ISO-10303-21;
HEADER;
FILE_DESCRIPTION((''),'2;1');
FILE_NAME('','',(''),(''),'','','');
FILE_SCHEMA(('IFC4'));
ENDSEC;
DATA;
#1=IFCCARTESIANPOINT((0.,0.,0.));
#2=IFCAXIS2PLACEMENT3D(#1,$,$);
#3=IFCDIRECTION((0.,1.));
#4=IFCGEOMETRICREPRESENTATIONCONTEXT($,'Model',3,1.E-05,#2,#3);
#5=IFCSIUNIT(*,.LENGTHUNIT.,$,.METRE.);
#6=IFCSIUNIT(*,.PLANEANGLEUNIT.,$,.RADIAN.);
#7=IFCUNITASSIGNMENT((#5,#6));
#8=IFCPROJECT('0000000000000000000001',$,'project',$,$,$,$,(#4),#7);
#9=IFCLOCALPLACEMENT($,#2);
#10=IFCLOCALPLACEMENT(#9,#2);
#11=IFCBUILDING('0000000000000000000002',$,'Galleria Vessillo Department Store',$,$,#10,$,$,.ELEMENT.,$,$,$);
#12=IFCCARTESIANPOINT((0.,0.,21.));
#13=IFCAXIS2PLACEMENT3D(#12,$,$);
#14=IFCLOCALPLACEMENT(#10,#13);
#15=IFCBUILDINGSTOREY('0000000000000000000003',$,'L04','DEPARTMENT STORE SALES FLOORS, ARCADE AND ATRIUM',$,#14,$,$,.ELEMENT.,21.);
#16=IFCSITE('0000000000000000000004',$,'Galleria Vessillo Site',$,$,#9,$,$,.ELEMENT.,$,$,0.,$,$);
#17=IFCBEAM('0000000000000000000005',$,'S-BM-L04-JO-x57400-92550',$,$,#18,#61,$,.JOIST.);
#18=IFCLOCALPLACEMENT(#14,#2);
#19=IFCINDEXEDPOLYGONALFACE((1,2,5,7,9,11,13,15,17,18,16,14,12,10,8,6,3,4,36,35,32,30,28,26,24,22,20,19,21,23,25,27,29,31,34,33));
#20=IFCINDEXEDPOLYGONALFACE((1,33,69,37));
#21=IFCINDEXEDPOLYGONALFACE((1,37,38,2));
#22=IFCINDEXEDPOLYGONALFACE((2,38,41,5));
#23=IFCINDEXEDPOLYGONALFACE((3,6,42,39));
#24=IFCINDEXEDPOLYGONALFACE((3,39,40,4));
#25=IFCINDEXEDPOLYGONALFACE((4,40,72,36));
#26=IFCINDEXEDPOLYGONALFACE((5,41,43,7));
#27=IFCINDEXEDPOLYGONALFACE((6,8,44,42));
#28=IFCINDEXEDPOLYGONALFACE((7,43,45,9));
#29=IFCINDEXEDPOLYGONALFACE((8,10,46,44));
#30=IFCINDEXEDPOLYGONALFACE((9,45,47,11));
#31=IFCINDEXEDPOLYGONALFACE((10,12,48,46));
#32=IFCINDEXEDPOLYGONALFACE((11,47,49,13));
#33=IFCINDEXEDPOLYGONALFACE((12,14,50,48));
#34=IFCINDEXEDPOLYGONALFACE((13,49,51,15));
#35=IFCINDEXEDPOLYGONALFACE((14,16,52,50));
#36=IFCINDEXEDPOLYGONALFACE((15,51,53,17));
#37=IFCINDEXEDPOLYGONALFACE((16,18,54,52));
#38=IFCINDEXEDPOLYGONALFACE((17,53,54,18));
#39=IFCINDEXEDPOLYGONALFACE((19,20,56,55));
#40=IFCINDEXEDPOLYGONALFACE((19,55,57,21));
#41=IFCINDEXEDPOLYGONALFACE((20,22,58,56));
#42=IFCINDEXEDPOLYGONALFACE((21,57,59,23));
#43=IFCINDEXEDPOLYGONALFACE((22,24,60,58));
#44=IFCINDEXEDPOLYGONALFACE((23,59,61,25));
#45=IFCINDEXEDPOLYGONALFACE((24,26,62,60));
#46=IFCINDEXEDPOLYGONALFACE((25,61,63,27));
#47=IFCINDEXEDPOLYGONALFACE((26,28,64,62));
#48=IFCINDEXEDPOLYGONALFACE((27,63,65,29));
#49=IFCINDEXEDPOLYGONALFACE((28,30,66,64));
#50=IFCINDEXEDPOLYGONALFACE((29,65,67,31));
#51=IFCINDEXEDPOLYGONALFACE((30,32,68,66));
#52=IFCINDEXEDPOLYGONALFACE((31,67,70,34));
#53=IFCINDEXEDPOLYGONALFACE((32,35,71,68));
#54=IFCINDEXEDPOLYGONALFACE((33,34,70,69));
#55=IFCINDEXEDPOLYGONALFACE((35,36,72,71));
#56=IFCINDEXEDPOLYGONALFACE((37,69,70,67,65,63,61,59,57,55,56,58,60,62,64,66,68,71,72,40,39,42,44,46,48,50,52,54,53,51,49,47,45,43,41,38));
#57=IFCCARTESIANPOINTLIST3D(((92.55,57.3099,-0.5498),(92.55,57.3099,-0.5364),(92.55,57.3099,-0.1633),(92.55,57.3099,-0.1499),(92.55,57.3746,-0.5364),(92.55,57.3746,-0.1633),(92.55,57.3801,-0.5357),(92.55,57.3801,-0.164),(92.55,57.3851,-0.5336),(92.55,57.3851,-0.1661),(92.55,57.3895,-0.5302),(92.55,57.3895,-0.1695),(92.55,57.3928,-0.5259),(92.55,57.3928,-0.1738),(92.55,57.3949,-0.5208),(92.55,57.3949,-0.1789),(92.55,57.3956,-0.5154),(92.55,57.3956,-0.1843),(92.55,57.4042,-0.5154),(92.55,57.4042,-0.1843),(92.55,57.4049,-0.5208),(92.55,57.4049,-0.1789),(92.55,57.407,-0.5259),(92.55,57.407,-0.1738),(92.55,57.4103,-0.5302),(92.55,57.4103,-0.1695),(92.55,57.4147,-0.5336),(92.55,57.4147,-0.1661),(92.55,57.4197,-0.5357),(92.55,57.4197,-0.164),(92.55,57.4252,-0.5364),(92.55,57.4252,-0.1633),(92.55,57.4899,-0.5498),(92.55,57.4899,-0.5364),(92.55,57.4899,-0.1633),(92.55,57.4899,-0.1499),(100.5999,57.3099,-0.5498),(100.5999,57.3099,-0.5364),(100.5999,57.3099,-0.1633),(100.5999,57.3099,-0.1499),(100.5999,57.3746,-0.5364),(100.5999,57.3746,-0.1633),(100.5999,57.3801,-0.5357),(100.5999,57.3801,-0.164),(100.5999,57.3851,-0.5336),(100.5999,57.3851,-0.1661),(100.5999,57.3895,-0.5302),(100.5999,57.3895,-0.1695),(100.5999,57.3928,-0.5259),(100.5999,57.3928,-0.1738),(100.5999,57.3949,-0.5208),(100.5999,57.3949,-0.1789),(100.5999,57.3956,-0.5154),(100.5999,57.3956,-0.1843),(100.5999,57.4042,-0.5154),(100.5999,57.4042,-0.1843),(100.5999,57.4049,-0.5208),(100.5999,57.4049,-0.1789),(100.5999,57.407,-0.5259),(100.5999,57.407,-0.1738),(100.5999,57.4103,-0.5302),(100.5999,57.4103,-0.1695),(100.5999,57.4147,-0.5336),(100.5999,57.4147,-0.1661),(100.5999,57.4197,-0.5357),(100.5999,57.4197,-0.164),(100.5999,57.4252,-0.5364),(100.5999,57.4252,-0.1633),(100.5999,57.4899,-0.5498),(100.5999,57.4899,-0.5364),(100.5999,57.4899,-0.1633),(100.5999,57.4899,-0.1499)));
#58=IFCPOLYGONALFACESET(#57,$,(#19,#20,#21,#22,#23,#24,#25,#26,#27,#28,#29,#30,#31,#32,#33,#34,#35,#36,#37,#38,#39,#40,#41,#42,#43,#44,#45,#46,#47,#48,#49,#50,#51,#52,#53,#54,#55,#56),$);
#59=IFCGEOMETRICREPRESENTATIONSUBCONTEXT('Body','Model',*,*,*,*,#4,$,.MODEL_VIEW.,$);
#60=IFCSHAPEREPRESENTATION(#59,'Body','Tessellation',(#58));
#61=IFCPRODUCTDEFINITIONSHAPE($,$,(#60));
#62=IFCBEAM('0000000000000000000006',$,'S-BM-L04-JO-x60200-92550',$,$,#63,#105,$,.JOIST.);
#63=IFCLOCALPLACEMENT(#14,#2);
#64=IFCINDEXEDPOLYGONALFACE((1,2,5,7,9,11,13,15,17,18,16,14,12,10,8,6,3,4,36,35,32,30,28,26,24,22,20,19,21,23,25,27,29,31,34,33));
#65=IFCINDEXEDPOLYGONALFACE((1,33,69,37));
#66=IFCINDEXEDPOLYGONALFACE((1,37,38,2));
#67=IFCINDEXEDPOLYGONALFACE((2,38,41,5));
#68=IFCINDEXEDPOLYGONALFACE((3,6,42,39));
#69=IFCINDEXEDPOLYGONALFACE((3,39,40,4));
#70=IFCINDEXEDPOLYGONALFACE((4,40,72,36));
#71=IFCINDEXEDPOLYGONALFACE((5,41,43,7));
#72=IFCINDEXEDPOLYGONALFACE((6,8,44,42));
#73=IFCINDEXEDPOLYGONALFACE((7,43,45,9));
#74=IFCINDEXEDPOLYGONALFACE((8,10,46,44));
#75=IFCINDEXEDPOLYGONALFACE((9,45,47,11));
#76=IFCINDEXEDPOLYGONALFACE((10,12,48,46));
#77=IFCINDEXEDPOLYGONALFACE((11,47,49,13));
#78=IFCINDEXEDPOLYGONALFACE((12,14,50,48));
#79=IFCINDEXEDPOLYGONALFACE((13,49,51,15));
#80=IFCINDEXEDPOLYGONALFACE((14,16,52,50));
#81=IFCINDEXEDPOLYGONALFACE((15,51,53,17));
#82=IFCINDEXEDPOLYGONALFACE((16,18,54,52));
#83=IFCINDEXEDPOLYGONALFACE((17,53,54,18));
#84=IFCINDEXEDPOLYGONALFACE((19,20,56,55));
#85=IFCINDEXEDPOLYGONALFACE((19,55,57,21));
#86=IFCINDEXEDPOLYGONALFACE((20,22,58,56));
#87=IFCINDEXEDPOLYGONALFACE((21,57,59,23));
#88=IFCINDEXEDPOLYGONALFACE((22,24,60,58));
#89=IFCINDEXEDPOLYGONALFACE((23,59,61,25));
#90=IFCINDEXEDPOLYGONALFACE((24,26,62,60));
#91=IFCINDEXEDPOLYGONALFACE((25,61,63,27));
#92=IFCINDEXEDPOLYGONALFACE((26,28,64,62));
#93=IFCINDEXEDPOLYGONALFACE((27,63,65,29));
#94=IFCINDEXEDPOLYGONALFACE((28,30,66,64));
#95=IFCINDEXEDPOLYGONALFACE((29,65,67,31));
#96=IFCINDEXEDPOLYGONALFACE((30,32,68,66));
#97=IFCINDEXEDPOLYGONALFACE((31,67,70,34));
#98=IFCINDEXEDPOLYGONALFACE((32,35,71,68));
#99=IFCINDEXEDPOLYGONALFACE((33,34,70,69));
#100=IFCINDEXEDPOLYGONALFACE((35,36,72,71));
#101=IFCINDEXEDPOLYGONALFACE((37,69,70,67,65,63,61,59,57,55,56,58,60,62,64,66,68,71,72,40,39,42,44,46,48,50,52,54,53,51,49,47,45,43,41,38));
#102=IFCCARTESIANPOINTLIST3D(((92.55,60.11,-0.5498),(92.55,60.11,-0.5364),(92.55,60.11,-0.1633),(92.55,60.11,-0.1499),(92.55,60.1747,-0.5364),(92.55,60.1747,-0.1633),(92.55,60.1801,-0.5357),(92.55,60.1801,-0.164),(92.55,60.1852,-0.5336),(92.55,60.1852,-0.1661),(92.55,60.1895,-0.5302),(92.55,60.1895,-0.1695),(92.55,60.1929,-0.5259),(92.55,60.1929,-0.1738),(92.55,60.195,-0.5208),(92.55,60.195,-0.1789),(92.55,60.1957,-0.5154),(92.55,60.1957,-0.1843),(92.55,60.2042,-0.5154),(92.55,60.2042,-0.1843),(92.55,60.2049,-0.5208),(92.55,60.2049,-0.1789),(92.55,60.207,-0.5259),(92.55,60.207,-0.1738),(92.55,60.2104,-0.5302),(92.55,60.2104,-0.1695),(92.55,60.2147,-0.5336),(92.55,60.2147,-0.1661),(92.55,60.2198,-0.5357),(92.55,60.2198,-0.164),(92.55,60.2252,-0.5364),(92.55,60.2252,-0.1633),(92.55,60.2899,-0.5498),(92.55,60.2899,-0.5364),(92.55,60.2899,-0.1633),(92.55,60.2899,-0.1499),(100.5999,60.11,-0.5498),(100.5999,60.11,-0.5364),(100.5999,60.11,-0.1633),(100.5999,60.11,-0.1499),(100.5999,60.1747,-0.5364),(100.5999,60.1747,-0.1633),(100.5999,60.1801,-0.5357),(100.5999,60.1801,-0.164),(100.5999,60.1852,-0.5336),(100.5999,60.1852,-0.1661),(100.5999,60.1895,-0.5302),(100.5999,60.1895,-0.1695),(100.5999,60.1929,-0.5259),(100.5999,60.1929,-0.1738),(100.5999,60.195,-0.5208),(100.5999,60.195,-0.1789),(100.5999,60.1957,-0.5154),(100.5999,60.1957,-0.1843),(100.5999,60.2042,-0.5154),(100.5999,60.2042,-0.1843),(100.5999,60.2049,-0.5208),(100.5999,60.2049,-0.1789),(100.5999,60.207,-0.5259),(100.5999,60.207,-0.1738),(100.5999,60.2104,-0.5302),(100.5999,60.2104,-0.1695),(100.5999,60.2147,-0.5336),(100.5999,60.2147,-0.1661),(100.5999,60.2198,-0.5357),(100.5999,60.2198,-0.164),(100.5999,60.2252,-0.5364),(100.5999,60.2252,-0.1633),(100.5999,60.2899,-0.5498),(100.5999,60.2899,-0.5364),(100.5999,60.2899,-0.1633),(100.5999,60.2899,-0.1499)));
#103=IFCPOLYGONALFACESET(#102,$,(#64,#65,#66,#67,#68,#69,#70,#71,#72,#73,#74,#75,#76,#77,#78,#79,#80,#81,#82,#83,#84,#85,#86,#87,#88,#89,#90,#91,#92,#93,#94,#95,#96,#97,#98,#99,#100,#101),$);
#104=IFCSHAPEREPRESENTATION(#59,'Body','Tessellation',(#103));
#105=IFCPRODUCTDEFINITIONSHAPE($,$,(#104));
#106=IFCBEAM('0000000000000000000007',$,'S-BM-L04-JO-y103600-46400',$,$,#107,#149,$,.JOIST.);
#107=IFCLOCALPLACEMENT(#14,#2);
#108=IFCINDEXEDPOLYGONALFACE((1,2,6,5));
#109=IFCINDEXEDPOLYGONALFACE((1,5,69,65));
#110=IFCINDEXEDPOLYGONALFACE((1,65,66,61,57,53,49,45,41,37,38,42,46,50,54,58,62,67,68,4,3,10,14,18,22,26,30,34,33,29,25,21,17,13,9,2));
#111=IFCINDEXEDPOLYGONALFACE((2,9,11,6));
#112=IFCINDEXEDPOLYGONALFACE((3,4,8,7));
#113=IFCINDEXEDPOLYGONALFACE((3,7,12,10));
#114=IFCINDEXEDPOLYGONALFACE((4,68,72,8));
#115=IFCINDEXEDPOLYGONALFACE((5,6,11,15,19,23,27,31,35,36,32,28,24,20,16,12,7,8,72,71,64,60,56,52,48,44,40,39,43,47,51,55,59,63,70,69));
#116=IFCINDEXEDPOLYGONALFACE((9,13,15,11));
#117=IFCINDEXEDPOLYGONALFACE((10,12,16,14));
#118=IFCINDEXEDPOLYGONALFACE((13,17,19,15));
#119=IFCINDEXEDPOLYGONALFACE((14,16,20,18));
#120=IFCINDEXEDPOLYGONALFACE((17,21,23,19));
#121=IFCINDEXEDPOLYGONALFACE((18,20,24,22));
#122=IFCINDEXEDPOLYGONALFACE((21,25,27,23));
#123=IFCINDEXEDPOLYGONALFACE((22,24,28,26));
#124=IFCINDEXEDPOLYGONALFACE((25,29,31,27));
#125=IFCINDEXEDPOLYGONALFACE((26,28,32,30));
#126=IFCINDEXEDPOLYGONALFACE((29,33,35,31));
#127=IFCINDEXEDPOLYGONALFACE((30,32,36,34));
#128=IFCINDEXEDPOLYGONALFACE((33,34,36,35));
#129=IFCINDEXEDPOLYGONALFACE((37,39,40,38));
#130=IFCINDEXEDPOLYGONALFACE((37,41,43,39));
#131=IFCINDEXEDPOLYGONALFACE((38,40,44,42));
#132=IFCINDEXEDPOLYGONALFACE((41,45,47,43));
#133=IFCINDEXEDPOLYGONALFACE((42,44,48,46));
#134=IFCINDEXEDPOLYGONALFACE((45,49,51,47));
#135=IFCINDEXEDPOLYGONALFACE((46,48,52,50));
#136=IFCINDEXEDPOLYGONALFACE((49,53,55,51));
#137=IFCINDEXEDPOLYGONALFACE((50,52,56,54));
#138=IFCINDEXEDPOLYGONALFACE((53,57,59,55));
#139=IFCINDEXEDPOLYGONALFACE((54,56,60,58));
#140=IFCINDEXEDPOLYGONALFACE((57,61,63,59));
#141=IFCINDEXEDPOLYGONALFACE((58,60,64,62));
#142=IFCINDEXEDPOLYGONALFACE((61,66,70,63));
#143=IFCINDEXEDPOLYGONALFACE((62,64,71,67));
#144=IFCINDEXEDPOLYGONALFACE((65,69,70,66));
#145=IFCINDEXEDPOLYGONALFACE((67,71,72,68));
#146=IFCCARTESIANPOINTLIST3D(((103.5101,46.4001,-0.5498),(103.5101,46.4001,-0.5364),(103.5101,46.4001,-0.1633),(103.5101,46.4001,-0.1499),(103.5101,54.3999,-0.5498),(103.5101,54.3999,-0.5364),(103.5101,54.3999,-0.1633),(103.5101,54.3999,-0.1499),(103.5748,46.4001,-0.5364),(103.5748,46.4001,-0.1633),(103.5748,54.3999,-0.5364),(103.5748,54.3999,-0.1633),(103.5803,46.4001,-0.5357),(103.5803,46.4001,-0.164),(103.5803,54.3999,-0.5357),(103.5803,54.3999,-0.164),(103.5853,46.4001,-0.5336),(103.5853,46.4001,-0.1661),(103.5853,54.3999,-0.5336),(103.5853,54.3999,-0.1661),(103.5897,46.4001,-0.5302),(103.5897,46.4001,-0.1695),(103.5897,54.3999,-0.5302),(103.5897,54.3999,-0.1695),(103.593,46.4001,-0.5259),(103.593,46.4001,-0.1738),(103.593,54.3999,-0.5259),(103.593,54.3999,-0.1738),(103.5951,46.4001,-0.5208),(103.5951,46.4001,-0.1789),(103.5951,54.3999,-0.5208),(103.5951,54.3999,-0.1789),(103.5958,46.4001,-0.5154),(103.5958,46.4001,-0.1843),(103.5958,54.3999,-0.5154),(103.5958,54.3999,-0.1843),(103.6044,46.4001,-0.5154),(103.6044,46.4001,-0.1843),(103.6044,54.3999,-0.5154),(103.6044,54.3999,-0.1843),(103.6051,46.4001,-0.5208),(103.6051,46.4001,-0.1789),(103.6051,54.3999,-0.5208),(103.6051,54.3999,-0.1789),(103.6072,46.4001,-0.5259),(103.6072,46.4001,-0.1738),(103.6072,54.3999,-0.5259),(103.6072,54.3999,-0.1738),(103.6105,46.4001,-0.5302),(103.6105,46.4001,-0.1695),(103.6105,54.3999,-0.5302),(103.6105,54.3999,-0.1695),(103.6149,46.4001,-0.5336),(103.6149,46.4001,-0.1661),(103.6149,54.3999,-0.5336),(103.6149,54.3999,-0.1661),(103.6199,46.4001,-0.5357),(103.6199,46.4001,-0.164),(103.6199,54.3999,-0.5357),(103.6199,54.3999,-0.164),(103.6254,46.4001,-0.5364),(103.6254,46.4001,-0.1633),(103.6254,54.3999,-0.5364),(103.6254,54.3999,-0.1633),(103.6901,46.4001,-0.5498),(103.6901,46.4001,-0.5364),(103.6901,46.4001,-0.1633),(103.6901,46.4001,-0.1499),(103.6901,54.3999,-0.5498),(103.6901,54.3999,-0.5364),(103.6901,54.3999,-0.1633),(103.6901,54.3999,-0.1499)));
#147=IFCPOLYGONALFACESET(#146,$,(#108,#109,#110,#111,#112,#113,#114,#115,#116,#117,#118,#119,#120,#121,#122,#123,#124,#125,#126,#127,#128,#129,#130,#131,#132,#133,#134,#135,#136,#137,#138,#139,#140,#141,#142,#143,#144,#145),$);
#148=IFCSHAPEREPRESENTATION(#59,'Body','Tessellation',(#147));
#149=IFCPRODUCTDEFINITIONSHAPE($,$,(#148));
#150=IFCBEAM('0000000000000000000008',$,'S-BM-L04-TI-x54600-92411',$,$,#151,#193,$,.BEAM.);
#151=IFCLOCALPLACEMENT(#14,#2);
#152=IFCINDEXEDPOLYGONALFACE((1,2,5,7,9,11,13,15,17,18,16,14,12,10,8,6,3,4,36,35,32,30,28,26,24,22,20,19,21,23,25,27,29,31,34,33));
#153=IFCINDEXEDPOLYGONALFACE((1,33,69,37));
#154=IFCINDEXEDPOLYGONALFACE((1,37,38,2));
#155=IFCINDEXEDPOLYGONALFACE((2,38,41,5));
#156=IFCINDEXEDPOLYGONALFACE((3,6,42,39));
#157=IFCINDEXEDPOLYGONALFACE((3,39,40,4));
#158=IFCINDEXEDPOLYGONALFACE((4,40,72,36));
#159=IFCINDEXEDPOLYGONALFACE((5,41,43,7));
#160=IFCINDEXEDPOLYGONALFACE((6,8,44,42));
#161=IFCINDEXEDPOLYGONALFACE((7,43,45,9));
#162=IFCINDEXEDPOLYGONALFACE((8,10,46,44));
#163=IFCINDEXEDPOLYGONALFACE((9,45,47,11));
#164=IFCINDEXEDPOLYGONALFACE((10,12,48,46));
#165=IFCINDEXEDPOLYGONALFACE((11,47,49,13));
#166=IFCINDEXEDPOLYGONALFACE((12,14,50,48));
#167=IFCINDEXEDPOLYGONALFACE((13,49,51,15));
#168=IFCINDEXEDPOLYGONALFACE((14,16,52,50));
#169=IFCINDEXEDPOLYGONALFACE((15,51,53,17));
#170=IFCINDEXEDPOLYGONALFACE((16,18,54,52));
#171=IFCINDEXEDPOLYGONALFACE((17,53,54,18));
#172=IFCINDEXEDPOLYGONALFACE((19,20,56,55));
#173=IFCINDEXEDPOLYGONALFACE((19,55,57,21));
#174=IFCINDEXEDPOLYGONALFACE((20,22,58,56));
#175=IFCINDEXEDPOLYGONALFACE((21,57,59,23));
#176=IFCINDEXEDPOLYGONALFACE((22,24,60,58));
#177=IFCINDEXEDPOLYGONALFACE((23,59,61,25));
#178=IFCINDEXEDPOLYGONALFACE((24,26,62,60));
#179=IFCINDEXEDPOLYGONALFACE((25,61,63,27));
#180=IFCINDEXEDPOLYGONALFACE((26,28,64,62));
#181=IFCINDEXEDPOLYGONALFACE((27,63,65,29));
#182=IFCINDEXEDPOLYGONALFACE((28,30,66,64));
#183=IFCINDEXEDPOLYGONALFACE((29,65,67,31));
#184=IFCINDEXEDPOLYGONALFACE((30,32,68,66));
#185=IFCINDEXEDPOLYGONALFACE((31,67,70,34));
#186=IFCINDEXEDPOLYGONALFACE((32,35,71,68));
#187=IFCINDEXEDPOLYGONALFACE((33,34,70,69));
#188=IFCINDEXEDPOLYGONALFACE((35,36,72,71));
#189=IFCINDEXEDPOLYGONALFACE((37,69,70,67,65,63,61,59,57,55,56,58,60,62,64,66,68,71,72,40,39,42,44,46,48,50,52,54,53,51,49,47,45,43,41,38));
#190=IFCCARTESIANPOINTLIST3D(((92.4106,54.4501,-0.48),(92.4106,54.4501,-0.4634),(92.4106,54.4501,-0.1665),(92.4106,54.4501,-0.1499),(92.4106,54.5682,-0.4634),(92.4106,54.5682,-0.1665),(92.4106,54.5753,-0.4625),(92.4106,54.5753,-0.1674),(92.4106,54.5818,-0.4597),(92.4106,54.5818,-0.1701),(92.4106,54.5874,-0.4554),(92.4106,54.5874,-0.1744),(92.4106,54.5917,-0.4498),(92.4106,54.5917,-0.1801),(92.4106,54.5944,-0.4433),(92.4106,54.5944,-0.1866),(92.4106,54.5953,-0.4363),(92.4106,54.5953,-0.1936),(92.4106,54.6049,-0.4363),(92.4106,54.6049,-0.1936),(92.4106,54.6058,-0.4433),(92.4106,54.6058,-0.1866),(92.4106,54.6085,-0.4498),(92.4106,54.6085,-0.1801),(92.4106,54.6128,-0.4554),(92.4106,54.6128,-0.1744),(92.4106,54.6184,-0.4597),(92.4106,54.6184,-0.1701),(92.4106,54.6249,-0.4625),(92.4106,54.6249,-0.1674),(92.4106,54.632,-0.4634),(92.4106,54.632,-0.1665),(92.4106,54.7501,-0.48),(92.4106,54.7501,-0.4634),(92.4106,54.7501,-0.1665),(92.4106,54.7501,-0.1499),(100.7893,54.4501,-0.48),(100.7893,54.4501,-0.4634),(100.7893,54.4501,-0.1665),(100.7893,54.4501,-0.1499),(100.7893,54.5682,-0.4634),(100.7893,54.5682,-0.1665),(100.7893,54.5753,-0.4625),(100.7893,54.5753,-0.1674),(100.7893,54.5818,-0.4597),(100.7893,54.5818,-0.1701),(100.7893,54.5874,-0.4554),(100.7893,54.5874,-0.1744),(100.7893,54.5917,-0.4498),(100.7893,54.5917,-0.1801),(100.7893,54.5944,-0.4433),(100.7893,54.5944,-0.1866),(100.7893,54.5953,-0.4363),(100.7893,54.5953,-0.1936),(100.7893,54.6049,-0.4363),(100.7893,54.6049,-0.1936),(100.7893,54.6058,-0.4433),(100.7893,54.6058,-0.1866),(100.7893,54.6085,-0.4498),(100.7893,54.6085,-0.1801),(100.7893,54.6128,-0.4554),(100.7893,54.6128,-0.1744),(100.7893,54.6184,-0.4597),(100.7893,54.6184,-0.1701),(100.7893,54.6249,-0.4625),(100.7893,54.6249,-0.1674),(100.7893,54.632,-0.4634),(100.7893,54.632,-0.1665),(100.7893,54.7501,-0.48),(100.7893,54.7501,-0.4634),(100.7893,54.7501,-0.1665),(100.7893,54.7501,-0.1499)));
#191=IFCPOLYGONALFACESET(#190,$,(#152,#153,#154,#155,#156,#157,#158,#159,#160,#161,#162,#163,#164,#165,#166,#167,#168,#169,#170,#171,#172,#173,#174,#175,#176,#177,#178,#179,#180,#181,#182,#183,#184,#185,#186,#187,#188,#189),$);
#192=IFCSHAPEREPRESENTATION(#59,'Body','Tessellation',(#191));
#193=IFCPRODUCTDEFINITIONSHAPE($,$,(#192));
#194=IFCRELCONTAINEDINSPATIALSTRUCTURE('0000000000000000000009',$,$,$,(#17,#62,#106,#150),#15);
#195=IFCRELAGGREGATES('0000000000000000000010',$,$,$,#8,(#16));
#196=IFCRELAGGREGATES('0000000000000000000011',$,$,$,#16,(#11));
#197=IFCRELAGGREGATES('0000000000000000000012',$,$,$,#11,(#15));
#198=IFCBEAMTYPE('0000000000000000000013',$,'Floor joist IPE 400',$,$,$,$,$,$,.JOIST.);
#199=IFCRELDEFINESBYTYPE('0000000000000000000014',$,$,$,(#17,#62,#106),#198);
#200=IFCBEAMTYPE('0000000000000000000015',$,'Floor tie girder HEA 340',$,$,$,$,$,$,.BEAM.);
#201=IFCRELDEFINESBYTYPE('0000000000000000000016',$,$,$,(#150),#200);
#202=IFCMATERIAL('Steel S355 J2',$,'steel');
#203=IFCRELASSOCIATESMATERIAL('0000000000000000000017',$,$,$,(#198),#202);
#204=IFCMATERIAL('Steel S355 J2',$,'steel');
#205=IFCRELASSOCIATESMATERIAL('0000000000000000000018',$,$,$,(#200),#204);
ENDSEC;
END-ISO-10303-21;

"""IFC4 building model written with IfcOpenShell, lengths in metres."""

from ifc_helpers import new_model, si_unit, direction, frame, origin, origin_2d, place, context, subcontext, project, spatial, i_section, extrude, material, material_profile, profile_set, type_object, element, save


model = new_model("IFC4")

# Units and contexts
model_context = context("Model", 3, precision=1e-05, world=origin(), true_north=direction((0.0, 1.0)))
body_context = subcontext(model_context, "Body", "Model", "MODEL_VIEW")
ifc_project = project(units=[si_unit("LENGTHUNIT", "METRE"), si_unit("PLANEANGLEUNIT", "RADIAN")], contexts=[model_context])

# Site, building, storey
site_placement = place(None, origin())
site = spatial("IfcSite", under=ifc_project, at=site_placement, Name="Galleria Vessillo Site", CompositionType="ELEMENT", RefElevation=0.0)
building_placement = place(site_placement, origin())
building = spatial("IfcBuilding", under=site, at=building_placement, Name="Galleria Vessillo Department Store", CompositionType="ELEMENT")
storey_placement = place(building_placement, frame((0.0, 0.0, 21.0)))
storey = spatial("IfcBuildingStorey", under=building, at=storey_placement, Name="L04", Description="DEPARTMENT STORE SALES FLOORS, ARCADE AND ATRIUM", CompositionType="ELEMENT", Elevation=21.0)

# Beams
ifc_material_1 = material(Name="Steel S355 J2", Category="steel")
ifc_material_profile_1 = material_profile(ifc_material_1, i_section(OverallWidth=0.1799, OverallDepth=0.3999, WebThickness=0.0085, FlangeThickness=0.0134, FilletRadius=0.021, at=origin_2d()), Name="IPE 400")
ifc_profile_set_1 = profile_set([ifc_material_profile_1], Name="Steel S355 J2")
beam_type_1 = type_object("IfcBeamType", Name="Floor joist IPE 400", PredefinedType="JOIST", material=ifc_profile_set_1)
for number, where, z_axis, x_axis, name in (
    (1, (92.55, 57.3999, -0.3499), (1.0, 0.0, 0.0), (0.0, 1.0, 0.0), "S-BM-L04-JO-x57400-92550"),
    (2, (92.55, 60.2, -0.3499), (1.0, 0.0, 0.0), (0.0, 1.0, 0.0), "S-BM-L04-JO-x60200-92550"),
):
    element("IfcBeam", number, at=place(storey_placement, frame(where, z_axis=z_axis, x_axis=x_axis)), inside=storey, type_object=beam_type_1, Name=name, PredefinedType="JOIST", context=body_context, shape_type="SweptSolid", body=[
        extrude(i_section(OverallWidth=0.1799, OverallDepth=0.3999, WebThickness=0.0085, FlangeThickness=0.0134, FilletRadius=0.021, at=origin_2d()), origin(), (0.0, 0.0, 1.0), 8.0498),
    ])
beam_1_placement = place(storey_placement, frame((103.6001, 46.4001, -0.3499), z_axis=(0.0, 1.0, 0.0), x_axis=(-1.0, 0.0, 0.0)))
element("IfcBeam", 3, at=beam_1_placement, inside=storey, type_object=beam_type_1, Name="S-BM-L04-JO-y103600-46400", PredefinedType="JOIST", context=body_context, shape_type="SweptSolid", body=[
    extrude(i_section(OverallWidth=0.1799, OverallDepth=0.3999, WebThickness=0.0085, FlangeThickness=0.0134, FilletRadius=0.021, at=origin_2d()), origin(), (0.0, 0.0, 1.0), 7.9998),
])
ifc_material_2 = material(Name="Steel S355 J2", Category="steel")
ifc_material_profile_2 = material_profile(ifc_material_2, i_section(OverallWidth=0.3, OverallDepth=0.3301, WebThickness=0.0095, FlangeThickness=0.0166, FilletRadius=0.0271, at=origin_2d()), Name="HEA 340")
ifc_profile_set_2 = profile_set([ifc_material_profile_2], Name="Steel S355 J2")
beam_type_2 = type_object("IfcBeamType", Name="Floor tie girder HEA 340", PredefinedType="BEAM", material=ifc_profile_set_2)
beam_2_placement = place(storey_placement, frame((92.4106, 54.6001, -0.3149), z_axis=(1.0, 0.0, 0.0), x_axis=(0.0, 1.0, 0.0)))
element("IfcBeam", 4, at=beam_2_placement, inside=storey, type_object=beam_type_2, Name="S-BM-L04-TI-x54600-92411", PredefinedType="BEAM", context=body_context, shape_type="SweptSolid", body=[
    extrude(i_section(OverallWidth=0.3, OverallDepth=0.3301, WebThickness=0.0095, FlangeThickness=0.0166, FilletRadius=0.0271, at=origin_2d()), origin(), (0.0, 0.0, 1.0), 8.3787),
])

save(model, "model.ifc")
